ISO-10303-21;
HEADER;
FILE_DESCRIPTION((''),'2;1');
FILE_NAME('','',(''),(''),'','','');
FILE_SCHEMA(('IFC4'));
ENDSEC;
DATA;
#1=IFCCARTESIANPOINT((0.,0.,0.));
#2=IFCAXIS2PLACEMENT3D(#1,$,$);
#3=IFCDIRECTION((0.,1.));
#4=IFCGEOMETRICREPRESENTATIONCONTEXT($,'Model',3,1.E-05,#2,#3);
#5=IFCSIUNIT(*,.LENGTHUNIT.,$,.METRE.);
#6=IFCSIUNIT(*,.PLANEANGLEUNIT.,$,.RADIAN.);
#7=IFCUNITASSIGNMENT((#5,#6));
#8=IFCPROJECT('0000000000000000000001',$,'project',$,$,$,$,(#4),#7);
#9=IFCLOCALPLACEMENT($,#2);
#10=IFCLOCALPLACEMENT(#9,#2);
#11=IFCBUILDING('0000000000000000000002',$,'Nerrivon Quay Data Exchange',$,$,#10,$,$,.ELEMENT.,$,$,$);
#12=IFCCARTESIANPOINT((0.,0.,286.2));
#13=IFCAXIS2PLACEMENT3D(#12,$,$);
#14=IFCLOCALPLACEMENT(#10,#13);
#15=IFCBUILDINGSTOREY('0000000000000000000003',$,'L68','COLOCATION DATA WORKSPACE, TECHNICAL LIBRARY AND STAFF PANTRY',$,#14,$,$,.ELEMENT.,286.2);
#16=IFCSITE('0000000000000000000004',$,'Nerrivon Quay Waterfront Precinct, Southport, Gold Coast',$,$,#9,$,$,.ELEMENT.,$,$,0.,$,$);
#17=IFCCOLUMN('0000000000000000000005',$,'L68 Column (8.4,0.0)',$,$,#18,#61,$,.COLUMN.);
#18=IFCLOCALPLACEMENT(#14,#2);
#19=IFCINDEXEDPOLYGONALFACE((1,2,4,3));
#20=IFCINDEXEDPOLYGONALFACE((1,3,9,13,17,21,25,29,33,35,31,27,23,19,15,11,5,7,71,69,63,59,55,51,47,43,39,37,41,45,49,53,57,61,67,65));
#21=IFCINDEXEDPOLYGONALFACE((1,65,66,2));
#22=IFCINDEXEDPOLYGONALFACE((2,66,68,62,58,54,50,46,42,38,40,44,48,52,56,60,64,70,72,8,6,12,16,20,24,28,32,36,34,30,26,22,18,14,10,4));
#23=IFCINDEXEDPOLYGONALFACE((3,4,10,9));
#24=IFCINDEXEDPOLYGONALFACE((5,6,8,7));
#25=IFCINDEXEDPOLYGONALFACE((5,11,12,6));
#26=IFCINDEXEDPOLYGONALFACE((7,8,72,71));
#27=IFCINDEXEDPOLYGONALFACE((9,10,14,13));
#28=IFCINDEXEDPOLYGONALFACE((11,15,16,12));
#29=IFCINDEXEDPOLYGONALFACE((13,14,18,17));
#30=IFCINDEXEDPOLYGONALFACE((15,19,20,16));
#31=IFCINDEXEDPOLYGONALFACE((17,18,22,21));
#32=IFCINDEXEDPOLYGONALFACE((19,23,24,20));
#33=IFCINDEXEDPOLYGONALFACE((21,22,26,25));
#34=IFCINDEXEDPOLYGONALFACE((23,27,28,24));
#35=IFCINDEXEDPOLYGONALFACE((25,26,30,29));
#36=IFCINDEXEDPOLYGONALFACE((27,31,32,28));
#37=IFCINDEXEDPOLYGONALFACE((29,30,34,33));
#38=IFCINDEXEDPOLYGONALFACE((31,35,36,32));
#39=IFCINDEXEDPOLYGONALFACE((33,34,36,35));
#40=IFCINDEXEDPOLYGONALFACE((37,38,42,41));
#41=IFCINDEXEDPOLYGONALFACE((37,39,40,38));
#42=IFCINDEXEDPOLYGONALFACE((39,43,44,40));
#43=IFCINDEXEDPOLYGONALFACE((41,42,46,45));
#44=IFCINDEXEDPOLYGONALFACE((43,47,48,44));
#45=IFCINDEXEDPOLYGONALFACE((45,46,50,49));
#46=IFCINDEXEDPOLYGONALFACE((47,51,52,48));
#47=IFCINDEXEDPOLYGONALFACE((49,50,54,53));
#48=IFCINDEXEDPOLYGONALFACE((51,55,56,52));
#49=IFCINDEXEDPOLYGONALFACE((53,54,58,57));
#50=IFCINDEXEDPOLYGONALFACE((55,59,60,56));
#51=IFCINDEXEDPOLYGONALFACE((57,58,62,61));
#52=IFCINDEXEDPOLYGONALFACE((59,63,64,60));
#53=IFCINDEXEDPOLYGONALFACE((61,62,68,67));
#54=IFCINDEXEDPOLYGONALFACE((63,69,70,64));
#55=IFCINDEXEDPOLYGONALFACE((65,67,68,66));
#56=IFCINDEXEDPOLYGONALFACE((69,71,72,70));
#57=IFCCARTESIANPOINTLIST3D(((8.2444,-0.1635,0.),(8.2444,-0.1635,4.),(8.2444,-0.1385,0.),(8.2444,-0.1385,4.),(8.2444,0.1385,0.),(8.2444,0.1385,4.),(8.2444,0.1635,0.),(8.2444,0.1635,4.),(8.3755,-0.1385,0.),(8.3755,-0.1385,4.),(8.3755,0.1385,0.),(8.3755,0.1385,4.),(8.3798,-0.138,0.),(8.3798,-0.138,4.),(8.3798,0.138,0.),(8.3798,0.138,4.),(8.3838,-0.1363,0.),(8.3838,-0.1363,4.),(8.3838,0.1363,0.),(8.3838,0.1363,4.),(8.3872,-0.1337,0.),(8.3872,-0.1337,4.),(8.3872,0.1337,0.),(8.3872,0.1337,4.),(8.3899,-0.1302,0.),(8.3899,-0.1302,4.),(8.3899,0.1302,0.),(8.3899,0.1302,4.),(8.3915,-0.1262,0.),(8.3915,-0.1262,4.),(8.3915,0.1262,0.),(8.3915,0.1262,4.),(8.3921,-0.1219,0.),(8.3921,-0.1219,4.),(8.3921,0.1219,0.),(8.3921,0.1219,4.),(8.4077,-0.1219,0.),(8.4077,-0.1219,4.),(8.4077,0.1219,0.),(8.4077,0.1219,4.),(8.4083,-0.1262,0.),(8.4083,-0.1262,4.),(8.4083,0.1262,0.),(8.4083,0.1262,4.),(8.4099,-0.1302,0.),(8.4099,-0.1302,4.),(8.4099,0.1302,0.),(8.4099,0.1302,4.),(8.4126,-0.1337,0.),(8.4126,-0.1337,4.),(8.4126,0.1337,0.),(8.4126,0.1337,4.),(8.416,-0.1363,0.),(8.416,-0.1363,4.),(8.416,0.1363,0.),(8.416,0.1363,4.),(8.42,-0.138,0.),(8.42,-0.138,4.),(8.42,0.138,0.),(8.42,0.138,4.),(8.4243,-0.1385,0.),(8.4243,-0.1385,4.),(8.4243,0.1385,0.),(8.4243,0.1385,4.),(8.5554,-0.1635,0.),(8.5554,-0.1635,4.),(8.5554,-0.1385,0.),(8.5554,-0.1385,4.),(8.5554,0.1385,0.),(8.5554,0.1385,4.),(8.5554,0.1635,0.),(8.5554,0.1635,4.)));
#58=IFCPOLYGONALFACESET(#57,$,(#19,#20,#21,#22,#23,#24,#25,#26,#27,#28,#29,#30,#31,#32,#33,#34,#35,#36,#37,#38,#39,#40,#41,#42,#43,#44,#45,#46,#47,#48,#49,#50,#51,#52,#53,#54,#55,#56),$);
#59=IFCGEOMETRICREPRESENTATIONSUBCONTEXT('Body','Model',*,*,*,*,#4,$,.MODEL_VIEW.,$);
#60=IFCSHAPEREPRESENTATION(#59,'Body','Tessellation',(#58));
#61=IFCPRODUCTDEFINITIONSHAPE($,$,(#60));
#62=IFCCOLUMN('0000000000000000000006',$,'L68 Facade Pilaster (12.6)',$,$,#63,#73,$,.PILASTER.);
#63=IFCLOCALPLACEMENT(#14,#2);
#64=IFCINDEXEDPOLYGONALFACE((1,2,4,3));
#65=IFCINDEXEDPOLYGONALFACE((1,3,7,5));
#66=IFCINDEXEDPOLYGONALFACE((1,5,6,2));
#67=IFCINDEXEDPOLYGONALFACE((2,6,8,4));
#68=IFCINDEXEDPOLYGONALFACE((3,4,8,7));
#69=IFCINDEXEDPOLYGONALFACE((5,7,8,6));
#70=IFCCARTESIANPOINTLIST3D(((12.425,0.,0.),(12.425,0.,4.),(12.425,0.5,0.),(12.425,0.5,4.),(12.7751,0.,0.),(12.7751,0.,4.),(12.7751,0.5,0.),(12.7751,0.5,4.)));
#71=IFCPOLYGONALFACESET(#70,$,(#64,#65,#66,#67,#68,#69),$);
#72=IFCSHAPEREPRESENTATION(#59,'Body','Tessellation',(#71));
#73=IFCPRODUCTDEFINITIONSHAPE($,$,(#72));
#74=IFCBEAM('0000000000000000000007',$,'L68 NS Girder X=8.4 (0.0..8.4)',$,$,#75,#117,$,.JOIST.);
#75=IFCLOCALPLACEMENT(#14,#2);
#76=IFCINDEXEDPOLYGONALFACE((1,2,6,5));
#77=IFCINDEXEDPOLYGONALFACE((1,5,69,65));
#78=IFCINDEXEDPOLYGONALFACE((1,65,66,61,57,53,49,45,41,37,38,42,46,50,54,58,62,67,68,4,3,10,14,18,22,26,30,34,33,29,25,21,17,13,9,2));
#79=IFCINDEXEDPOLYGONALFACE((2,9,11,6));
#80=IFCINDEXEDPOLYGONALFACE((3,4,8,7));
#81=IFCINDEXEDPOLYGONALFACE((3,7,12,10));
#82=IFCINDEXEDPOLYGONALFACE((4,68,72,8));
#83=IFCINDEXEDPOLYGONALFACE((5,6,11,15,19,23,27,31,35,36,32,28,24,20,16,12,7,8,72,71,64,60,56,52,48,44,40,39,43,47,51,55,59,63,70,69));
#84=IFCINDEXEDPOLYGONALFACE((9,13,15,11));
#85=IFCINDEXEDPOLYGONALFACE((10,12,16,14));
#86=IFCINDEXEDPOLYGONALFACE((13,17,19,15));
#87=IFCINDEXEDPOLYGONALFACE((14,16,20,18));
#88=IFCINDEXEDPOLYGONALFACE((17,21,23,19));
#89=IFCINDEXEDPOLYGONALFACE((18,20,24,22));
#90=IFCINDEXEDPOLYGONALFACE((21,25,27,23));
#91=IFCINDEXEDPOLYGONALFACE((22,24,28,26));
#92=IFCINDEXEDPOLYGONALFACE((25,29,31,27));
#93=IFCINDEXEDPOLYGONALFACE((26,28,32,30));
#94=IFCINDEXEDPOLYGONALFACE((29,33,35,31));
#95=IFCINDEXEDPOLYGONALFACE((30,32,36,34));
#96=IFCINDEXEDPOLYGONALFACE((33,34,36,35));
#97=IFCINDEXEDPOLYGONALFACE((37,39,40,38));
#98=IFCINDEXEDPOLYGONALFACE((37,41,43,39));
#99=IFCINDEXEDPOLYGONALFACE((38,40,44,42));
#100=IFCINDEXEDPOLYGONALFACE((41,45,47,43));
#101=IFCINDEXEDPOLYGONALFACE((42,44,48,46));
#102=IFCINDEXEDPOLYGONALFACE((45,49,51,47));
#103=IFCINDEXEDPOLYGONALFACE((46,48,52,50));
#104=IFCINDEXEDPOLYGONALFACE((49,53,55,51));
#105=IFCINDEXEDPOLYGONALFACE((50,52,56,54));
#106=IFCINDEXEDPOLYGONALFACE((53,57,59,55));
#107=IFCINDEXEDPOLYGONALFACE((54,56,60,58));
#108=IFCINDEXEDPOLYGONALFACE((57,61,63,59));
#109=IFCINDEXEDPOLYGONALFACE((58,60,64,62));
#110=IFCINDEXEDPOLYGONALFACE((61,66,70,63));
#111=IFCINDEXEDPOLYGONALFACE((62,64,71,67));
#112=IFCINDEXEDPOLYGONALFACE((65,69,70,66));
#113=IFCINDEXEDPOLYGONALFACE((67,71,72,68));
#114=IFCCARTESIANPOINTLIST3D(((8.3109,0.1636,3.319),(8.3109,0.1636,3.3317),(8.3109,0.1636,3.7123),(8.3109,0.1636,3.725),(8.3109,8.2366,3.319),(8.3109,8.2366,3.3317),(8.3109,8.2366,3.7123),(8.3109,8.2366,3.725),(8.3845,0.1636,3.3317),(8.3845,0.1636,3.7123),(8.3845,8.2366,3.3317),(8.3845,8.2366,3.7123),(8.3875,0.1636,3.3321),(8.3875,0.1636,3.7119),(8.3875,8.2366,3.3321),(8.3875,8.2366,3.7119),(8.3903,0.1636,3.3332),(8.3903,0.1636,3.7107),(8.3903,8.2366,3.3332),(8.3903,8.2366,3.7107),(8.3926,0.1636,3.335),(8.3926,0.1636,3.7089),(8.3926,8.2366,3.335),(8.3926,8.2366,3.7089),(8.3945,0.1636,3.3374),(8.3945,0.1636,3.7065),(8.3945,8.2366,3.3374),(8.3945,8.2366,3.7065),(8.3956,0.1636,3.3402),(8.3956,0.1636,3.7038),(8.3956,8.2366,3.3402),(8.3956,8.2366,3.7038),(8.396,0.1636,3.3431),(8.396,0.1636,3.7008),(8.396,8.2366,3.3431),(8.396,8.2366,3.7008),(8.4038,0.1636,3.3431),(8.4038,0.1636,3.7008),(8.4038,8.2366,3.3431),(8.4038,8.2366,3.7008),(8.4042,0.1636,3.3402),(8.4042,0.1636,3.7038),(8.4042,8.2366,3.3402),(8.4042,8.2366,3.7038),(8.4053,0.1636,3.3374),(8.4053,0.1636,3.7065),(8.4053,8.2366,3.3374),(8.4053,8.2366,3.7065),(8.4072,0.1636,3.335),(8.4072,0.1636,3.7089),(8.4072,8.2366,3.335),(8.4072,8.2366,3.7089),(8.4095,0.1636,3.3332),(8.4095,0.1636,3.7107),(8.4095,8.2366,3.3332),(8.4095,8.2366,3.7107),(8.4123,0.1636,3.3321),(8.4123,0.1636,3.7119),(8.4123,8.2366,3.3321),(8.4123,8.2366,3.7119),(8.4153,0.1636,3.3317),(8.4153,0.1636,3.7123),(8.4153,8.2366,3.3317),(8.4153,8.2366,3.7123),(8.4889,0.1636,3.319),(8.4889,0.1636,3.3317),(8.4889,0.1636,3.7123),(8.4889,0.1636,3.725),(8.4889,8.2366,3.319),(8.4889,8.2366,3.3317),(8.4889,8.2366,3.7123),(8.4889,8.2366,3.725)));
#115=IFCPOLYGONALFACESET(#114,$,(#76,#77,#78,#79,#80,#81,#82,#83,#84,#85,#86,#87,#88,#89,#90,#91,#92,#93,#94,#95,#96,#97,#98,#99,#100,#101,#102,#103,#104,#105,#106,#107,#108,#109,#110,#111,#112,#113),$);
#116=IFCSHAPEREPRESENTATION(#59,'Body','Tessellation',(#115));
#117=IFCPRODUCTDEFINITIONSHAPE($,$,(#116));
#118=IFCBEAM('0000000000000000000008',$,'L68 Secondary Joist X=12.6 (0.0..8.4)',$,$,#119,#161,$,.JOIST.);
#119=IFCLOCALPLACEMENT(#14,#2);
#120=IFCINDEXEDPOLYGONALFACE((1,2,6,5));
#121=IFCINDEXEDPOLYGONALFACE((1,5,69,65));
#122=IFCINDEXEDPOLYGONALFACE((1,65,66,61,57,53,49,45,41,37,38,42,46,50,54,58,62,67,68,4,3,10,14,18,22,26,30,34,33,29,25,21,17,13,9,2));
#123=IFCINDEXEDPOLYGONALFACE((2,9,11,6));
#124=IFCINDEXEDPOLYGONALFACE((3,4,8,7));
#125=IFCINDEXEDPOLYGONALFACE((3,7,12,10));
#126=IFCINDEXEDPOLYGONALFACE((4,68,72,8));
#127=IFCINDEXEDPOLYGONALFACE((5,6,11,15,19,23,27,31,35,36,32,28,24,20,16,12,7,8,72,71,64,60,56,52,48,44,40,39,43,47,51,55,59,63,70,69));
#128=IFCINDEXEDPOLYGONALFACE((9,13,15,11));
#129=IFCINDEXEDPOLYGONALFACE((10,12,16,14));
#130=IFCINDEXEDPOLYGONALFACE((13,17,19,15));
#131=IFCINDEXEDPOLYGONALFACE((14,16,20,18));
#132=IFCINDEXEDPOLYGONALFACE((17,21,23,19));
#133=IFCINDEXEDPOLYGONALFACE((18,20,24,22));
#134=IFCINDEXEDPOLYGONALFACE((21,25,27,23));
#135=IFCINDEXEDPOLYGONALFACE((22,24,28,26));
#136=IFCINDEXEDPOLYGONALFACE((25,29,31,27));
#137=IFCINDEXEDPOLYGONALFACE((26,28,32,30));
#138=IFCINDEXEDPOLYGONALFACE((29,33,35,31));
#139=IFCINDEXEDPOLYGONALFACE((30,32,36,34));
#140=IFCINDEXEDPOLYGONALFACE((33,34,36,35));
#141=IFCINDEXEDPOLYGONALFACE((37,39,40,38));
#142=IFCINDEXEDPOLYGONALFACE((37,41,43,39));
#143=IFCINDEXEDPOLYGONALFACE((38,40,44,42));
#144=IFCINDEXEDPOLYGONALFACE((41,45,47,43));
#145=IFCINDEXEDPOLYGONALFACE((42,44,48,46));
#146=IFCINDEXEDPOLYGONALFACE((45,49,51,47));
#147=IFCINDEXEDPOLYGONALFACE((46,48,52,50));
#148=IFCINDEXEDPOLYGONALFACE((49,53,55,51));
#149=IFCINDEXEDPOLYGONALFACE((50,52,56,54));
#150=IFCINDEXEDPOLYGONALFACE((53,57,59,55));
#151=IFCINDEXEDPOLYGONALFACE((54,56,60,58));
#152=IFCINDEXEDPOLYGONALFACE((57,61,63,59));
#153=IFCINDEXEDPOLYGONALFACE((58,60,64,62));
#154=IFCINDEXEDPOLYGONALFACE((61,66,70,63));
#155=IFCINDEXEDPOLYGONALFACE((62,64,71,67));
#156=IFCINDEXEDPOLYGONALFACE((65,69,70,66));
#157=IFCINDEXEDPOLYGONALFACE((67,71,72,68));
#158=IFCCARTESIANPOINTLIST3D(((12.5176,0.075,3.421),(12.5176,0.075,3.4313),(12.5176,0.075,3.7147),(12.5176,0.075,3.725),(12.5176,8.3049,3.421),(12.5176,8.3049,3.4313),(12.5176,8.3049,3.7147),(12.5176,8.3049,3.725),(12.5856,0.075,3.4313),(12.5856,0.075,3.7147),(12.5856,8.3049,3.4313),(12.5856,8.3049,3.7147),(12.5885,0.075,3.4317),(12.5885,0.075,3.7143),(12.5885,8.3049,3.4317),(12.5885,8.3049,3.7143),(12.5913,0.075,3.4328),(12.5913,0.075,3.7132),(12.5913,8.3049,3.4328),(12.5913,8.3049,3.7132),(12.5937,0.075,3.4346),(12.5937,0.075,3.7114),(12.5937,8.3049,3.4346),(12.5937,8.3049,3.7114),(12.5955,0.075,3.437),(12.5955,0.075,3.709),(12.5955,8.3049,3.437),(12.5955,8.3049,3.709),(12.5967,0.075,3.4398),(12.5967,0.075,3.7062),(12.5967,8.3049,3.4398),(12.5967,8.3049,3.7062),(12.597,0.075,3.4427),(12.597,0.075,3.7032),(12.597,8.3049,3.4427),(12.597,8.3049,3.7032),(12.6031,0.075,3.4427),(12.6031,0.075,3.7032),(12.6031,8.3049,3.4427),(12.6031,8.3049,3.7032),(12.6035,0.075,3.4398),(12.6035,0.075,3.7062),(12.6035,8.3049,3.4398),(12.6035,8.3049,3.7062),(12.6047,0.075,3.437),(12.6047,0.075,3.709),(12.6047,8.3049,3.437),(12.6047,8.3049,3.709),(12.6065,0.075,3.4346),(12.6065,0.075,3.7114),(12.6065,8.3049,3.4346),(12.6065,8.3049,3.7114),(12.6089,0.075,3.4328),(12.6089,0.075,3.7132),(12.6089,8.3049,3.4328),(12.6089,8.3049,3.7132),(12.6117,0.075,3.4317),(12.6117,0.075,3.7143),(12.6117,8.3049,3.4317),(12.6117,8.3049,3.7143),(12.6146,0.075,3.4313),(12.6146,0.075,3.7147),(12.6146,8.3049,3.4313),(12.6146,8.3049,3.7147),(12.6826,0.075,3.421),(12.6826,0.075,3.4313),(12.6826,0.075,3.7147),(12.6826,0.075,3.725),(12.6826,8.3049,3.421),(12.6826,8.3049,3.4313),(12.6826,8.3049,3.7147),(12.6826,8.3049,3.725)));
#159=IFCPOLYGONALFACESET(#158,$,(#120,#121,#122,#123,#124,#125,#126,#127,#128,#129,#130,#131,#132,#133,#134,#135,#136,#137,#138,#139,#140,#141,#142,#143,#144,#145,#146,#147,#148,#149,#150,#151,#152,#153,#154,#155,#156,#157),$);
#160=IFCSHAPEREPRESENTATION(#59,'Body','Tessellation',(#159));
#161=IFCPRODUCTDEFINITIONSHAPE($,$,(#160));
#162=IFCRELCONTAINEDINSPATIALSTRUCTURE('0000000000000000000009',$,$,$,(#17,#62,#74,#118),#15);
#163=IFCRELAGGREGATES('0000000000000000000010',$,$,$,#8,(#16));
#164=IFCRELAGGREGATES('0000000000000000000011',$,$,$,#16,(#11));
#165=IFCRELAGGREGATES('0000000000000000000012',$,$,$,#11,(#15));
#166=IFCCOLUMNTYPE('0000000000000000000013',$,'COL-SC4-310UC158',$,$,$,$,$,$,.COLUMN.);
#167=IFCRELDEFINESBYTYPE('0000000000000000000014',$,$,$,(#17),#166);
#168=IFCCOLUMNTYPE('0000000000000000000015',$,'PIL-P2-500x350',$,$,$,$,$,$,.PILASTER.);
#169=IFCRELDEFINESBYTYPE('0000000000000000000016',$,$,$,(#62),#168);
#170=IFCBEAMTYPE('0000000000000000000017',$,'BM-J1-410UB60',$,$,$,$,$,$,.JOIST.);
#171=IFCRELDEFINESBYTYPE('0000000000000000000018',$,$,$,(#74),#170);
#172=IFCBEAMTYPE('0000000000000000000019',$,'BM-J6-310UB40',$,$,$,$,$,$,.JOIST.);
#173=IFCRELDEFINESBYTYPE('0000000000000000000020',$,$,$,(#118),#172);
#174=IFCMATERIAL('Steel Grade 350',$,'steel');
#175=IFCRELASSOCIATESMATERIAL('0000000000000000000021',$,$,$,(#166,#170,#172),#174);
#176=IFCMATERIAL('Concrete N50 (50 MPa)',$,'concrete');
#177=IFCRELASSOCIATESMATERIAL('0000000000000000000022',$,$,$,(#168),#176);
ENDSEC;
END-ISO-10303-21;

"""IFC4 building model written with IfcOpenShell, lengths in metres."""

from ifc_helpers import new_model, si_unit, direction, frame, origin, origin_2d, place, context, subcontext, project, spatial, rectangle, i_section, extrude, material, material_profile, profile_set, type_object, element, save


model = new_model("IFC4")

# Units and contexts
model_context = context("Model", 3, precision=1e-05, world=origin(), true_north=direction((0.0, 1.0)))
body_context = subcontext(model_context, "Body", "Model", "MODEL_VIEW")
ifc_project = project(units=[si_unit("LENGTHUNIT", "METRE"), si_unit("PLANEANGLEUNIT", "RADIAN")], contexts=[model_context])

# Site, building, storey
site_placement = place(None, origin())
site = spatial("IfcSite", under=ifc_project, at=site_placement, Name="Nerrivon Quay Waterfront Precinct, Southport, Gold Coast", CompositionType="ELEMENT", RefElevation=0.0)
building_placement = place(site_placement, origin())
building = spatial("IfcBuilding", under=site, at=building_placement, Name="Nerrivon Quay Data Exchange", CompositionType="ELEMENT")
storey_placement = place(building_placement, frame((0.0, 0.0, 286.2)))
storey = spatial("IfcBuildingStorey", under=building, at=storey_placement, Name="L68", Description="COLOCATION DATA WORKSPACE, TECHNICAL LIBRARY AND STAFF PANTRY", CompositionType="ELEMENT", Elevation=286.2)

# Columns
ifc_material_1 = material(Name="Steel Grade 350", Category="steel")
ifc_material_profile_1 = material_profile(ifc_material_1, i_section(OverallWidth=0.311, OverallDepth=0.3269, WebThickness=0.0156, FlangeThickness=0.0249, FilletRadius=0.0166, at=origin_2d()), Name="310UC158")
ifc_profile_set_1 = profile_set([ifc_material_profile_1], Name="Steel Grade 350")
column_type_1 = type_object("IfcColumnType", Name="COL-SC4-310UC158", PredefinedType="COLUMN", material=ifc_profile_set_1)
column_1_placement = place(storey_placement, frame((8.3999, 0.0, 0.0), z_axis=(0.0, 0.0, 1.0), x_axis=(1.0, 0.0, 0.0)))
element("IfcColumn", 1, at=column_1_placement, inside=storey, type_object=column_type_1, Name="L68 Column (8.4,0.0)", PredefinedType="COLUMN", context=body_context, shape_type="SweptSolid", body=[
    extrude(i_section(OverallWidth=0.311, OverallDepth=0.3269, WebThickness=0.0156, FlangeThickness=0.0249, FilletRadius=0.0166, at=origin_2d()), origin(), (0.0, 0.0, 1.0), 4.0),
])
ifc_material_2 = material(Name="Concrete N50 (50 MPa)", Category="concrete")
ifc_material_profile_2 = material_profile(ifc_material_2, rectangle(XDim=0.3501, YDim=0.5, at=origin_2d()), Name="RC-PIL-500x350")
ifc_profile_set_2 = profile_set([ifc_material_profile_2], Name="Concrete N50 (50 MPa)")
column_type_2 = type_object("IfcColumnType", Name="PIL-P2-500x350", PredefinedType="PILASTER", material=ifc_profile_set_2)
column_2_placement = place(storey_placement, frame((12.6001, 0.25, 0.0), z_axis=(0.0, 0.0, 1.0), x_axis=(1.0, 0.0, 0.0)))
element("IfcColumn", 2, at=column_2_placement, inside=storey, type_object=column_type_2, Name="L68 Facade Pilaster (12.6)", PredefinedType="PILASTER", context=body_context, shape_type="SweptSolid", body=[
    extrude(rectangle(XDim=0.3501, YDim=0.5, at=origin_2d()), origin(), (0.0, 0.0, 1.0), 4.0),
])

# Beams
ifc_material_profile_3 = material_profile(ifc_material_1, i_section(OverallWidth=0.178, OverallDepth=0.406, WebThickness=0.0078, FlangeThickness=0.0127, FilletRadius=0.0115, at=origin_2d()), Name="410UB59.7")
ifc_profile_set_3 = profile_set([ifc_material_profile_3], Name="Steel Grade 350")
beam_type_1 = type_object("IfcBeamType", Name="BM-J1-410UB60", PredefinedType="JOIST", material=ifc_profile_set_3)
beam_1_placement = place(storey_placement, frame((8.3999, 0.1636, 3.522), z_axis=(0.0, 1.0, 0.0), x_axis=(-1.0, 0.0, 0.0)))
element("IfcBeam", 3, at=beam_1_placement, inside=storey, type_object=beam_type_1, Name="L68 NS Girder X=8.4 (0.0..8.4)", PredefinedType="JOIST", context=body_context, shape_type="SweptSolid", body=[
    extrude(i_section(OverallWidth=0.178, OverallDepth=0.406, WebThickness=0.0078, FlangeThickness=0.0127, FilletRadius=0.0115, at=origin_2d()), origin(), (0.0, 0.0, 1.0), 8.073),
])
ifc_material_profile_4 = material_profile(ifc_material_1, i_section(OverallWidth=0.165, OverallDepth=0.304, WebThickness=0.0061, FlangeThickness=0.0103, FilletRadius=0.0115, at=origin_2d()), Name="310UB40.4")
ifc_profile_set_4 = profile_set([ifc_material_profile_4], Name="Steel Grade 350")
beam_type_2 = type_object("IfcBeamType", Name="BM-J6-310UB40", PredefinedType="JOIST", material=ifc_profile_set_4)
beam_2_placement = place(storey_placement, frame((12.6001, 0.075, 3.573), z_axis=(0.0, 1.0, 0.0), x_axis=(-1.0, 0.0, 0.0)))
element("IfcBeam", 4, at=beam_2_placement, inside=storey, type_object=beam_type_2, Name="L68 Secondary Joist X=12.6 (0.0..8.4)", PredefinedType="JOIST", context=body_context, shape_type="SweptSolid", body=[
    extrude(i_section(OverallWidth=0.165, OverallDepth=0.304, WebThickness=0.0061, FlangeThickness=0.0103, FilletRadius=0.0115, at=origin_2d()), origin(), (0.0, 0.0, 1.0), 8.23),
])

save(model, "model.ifc")
